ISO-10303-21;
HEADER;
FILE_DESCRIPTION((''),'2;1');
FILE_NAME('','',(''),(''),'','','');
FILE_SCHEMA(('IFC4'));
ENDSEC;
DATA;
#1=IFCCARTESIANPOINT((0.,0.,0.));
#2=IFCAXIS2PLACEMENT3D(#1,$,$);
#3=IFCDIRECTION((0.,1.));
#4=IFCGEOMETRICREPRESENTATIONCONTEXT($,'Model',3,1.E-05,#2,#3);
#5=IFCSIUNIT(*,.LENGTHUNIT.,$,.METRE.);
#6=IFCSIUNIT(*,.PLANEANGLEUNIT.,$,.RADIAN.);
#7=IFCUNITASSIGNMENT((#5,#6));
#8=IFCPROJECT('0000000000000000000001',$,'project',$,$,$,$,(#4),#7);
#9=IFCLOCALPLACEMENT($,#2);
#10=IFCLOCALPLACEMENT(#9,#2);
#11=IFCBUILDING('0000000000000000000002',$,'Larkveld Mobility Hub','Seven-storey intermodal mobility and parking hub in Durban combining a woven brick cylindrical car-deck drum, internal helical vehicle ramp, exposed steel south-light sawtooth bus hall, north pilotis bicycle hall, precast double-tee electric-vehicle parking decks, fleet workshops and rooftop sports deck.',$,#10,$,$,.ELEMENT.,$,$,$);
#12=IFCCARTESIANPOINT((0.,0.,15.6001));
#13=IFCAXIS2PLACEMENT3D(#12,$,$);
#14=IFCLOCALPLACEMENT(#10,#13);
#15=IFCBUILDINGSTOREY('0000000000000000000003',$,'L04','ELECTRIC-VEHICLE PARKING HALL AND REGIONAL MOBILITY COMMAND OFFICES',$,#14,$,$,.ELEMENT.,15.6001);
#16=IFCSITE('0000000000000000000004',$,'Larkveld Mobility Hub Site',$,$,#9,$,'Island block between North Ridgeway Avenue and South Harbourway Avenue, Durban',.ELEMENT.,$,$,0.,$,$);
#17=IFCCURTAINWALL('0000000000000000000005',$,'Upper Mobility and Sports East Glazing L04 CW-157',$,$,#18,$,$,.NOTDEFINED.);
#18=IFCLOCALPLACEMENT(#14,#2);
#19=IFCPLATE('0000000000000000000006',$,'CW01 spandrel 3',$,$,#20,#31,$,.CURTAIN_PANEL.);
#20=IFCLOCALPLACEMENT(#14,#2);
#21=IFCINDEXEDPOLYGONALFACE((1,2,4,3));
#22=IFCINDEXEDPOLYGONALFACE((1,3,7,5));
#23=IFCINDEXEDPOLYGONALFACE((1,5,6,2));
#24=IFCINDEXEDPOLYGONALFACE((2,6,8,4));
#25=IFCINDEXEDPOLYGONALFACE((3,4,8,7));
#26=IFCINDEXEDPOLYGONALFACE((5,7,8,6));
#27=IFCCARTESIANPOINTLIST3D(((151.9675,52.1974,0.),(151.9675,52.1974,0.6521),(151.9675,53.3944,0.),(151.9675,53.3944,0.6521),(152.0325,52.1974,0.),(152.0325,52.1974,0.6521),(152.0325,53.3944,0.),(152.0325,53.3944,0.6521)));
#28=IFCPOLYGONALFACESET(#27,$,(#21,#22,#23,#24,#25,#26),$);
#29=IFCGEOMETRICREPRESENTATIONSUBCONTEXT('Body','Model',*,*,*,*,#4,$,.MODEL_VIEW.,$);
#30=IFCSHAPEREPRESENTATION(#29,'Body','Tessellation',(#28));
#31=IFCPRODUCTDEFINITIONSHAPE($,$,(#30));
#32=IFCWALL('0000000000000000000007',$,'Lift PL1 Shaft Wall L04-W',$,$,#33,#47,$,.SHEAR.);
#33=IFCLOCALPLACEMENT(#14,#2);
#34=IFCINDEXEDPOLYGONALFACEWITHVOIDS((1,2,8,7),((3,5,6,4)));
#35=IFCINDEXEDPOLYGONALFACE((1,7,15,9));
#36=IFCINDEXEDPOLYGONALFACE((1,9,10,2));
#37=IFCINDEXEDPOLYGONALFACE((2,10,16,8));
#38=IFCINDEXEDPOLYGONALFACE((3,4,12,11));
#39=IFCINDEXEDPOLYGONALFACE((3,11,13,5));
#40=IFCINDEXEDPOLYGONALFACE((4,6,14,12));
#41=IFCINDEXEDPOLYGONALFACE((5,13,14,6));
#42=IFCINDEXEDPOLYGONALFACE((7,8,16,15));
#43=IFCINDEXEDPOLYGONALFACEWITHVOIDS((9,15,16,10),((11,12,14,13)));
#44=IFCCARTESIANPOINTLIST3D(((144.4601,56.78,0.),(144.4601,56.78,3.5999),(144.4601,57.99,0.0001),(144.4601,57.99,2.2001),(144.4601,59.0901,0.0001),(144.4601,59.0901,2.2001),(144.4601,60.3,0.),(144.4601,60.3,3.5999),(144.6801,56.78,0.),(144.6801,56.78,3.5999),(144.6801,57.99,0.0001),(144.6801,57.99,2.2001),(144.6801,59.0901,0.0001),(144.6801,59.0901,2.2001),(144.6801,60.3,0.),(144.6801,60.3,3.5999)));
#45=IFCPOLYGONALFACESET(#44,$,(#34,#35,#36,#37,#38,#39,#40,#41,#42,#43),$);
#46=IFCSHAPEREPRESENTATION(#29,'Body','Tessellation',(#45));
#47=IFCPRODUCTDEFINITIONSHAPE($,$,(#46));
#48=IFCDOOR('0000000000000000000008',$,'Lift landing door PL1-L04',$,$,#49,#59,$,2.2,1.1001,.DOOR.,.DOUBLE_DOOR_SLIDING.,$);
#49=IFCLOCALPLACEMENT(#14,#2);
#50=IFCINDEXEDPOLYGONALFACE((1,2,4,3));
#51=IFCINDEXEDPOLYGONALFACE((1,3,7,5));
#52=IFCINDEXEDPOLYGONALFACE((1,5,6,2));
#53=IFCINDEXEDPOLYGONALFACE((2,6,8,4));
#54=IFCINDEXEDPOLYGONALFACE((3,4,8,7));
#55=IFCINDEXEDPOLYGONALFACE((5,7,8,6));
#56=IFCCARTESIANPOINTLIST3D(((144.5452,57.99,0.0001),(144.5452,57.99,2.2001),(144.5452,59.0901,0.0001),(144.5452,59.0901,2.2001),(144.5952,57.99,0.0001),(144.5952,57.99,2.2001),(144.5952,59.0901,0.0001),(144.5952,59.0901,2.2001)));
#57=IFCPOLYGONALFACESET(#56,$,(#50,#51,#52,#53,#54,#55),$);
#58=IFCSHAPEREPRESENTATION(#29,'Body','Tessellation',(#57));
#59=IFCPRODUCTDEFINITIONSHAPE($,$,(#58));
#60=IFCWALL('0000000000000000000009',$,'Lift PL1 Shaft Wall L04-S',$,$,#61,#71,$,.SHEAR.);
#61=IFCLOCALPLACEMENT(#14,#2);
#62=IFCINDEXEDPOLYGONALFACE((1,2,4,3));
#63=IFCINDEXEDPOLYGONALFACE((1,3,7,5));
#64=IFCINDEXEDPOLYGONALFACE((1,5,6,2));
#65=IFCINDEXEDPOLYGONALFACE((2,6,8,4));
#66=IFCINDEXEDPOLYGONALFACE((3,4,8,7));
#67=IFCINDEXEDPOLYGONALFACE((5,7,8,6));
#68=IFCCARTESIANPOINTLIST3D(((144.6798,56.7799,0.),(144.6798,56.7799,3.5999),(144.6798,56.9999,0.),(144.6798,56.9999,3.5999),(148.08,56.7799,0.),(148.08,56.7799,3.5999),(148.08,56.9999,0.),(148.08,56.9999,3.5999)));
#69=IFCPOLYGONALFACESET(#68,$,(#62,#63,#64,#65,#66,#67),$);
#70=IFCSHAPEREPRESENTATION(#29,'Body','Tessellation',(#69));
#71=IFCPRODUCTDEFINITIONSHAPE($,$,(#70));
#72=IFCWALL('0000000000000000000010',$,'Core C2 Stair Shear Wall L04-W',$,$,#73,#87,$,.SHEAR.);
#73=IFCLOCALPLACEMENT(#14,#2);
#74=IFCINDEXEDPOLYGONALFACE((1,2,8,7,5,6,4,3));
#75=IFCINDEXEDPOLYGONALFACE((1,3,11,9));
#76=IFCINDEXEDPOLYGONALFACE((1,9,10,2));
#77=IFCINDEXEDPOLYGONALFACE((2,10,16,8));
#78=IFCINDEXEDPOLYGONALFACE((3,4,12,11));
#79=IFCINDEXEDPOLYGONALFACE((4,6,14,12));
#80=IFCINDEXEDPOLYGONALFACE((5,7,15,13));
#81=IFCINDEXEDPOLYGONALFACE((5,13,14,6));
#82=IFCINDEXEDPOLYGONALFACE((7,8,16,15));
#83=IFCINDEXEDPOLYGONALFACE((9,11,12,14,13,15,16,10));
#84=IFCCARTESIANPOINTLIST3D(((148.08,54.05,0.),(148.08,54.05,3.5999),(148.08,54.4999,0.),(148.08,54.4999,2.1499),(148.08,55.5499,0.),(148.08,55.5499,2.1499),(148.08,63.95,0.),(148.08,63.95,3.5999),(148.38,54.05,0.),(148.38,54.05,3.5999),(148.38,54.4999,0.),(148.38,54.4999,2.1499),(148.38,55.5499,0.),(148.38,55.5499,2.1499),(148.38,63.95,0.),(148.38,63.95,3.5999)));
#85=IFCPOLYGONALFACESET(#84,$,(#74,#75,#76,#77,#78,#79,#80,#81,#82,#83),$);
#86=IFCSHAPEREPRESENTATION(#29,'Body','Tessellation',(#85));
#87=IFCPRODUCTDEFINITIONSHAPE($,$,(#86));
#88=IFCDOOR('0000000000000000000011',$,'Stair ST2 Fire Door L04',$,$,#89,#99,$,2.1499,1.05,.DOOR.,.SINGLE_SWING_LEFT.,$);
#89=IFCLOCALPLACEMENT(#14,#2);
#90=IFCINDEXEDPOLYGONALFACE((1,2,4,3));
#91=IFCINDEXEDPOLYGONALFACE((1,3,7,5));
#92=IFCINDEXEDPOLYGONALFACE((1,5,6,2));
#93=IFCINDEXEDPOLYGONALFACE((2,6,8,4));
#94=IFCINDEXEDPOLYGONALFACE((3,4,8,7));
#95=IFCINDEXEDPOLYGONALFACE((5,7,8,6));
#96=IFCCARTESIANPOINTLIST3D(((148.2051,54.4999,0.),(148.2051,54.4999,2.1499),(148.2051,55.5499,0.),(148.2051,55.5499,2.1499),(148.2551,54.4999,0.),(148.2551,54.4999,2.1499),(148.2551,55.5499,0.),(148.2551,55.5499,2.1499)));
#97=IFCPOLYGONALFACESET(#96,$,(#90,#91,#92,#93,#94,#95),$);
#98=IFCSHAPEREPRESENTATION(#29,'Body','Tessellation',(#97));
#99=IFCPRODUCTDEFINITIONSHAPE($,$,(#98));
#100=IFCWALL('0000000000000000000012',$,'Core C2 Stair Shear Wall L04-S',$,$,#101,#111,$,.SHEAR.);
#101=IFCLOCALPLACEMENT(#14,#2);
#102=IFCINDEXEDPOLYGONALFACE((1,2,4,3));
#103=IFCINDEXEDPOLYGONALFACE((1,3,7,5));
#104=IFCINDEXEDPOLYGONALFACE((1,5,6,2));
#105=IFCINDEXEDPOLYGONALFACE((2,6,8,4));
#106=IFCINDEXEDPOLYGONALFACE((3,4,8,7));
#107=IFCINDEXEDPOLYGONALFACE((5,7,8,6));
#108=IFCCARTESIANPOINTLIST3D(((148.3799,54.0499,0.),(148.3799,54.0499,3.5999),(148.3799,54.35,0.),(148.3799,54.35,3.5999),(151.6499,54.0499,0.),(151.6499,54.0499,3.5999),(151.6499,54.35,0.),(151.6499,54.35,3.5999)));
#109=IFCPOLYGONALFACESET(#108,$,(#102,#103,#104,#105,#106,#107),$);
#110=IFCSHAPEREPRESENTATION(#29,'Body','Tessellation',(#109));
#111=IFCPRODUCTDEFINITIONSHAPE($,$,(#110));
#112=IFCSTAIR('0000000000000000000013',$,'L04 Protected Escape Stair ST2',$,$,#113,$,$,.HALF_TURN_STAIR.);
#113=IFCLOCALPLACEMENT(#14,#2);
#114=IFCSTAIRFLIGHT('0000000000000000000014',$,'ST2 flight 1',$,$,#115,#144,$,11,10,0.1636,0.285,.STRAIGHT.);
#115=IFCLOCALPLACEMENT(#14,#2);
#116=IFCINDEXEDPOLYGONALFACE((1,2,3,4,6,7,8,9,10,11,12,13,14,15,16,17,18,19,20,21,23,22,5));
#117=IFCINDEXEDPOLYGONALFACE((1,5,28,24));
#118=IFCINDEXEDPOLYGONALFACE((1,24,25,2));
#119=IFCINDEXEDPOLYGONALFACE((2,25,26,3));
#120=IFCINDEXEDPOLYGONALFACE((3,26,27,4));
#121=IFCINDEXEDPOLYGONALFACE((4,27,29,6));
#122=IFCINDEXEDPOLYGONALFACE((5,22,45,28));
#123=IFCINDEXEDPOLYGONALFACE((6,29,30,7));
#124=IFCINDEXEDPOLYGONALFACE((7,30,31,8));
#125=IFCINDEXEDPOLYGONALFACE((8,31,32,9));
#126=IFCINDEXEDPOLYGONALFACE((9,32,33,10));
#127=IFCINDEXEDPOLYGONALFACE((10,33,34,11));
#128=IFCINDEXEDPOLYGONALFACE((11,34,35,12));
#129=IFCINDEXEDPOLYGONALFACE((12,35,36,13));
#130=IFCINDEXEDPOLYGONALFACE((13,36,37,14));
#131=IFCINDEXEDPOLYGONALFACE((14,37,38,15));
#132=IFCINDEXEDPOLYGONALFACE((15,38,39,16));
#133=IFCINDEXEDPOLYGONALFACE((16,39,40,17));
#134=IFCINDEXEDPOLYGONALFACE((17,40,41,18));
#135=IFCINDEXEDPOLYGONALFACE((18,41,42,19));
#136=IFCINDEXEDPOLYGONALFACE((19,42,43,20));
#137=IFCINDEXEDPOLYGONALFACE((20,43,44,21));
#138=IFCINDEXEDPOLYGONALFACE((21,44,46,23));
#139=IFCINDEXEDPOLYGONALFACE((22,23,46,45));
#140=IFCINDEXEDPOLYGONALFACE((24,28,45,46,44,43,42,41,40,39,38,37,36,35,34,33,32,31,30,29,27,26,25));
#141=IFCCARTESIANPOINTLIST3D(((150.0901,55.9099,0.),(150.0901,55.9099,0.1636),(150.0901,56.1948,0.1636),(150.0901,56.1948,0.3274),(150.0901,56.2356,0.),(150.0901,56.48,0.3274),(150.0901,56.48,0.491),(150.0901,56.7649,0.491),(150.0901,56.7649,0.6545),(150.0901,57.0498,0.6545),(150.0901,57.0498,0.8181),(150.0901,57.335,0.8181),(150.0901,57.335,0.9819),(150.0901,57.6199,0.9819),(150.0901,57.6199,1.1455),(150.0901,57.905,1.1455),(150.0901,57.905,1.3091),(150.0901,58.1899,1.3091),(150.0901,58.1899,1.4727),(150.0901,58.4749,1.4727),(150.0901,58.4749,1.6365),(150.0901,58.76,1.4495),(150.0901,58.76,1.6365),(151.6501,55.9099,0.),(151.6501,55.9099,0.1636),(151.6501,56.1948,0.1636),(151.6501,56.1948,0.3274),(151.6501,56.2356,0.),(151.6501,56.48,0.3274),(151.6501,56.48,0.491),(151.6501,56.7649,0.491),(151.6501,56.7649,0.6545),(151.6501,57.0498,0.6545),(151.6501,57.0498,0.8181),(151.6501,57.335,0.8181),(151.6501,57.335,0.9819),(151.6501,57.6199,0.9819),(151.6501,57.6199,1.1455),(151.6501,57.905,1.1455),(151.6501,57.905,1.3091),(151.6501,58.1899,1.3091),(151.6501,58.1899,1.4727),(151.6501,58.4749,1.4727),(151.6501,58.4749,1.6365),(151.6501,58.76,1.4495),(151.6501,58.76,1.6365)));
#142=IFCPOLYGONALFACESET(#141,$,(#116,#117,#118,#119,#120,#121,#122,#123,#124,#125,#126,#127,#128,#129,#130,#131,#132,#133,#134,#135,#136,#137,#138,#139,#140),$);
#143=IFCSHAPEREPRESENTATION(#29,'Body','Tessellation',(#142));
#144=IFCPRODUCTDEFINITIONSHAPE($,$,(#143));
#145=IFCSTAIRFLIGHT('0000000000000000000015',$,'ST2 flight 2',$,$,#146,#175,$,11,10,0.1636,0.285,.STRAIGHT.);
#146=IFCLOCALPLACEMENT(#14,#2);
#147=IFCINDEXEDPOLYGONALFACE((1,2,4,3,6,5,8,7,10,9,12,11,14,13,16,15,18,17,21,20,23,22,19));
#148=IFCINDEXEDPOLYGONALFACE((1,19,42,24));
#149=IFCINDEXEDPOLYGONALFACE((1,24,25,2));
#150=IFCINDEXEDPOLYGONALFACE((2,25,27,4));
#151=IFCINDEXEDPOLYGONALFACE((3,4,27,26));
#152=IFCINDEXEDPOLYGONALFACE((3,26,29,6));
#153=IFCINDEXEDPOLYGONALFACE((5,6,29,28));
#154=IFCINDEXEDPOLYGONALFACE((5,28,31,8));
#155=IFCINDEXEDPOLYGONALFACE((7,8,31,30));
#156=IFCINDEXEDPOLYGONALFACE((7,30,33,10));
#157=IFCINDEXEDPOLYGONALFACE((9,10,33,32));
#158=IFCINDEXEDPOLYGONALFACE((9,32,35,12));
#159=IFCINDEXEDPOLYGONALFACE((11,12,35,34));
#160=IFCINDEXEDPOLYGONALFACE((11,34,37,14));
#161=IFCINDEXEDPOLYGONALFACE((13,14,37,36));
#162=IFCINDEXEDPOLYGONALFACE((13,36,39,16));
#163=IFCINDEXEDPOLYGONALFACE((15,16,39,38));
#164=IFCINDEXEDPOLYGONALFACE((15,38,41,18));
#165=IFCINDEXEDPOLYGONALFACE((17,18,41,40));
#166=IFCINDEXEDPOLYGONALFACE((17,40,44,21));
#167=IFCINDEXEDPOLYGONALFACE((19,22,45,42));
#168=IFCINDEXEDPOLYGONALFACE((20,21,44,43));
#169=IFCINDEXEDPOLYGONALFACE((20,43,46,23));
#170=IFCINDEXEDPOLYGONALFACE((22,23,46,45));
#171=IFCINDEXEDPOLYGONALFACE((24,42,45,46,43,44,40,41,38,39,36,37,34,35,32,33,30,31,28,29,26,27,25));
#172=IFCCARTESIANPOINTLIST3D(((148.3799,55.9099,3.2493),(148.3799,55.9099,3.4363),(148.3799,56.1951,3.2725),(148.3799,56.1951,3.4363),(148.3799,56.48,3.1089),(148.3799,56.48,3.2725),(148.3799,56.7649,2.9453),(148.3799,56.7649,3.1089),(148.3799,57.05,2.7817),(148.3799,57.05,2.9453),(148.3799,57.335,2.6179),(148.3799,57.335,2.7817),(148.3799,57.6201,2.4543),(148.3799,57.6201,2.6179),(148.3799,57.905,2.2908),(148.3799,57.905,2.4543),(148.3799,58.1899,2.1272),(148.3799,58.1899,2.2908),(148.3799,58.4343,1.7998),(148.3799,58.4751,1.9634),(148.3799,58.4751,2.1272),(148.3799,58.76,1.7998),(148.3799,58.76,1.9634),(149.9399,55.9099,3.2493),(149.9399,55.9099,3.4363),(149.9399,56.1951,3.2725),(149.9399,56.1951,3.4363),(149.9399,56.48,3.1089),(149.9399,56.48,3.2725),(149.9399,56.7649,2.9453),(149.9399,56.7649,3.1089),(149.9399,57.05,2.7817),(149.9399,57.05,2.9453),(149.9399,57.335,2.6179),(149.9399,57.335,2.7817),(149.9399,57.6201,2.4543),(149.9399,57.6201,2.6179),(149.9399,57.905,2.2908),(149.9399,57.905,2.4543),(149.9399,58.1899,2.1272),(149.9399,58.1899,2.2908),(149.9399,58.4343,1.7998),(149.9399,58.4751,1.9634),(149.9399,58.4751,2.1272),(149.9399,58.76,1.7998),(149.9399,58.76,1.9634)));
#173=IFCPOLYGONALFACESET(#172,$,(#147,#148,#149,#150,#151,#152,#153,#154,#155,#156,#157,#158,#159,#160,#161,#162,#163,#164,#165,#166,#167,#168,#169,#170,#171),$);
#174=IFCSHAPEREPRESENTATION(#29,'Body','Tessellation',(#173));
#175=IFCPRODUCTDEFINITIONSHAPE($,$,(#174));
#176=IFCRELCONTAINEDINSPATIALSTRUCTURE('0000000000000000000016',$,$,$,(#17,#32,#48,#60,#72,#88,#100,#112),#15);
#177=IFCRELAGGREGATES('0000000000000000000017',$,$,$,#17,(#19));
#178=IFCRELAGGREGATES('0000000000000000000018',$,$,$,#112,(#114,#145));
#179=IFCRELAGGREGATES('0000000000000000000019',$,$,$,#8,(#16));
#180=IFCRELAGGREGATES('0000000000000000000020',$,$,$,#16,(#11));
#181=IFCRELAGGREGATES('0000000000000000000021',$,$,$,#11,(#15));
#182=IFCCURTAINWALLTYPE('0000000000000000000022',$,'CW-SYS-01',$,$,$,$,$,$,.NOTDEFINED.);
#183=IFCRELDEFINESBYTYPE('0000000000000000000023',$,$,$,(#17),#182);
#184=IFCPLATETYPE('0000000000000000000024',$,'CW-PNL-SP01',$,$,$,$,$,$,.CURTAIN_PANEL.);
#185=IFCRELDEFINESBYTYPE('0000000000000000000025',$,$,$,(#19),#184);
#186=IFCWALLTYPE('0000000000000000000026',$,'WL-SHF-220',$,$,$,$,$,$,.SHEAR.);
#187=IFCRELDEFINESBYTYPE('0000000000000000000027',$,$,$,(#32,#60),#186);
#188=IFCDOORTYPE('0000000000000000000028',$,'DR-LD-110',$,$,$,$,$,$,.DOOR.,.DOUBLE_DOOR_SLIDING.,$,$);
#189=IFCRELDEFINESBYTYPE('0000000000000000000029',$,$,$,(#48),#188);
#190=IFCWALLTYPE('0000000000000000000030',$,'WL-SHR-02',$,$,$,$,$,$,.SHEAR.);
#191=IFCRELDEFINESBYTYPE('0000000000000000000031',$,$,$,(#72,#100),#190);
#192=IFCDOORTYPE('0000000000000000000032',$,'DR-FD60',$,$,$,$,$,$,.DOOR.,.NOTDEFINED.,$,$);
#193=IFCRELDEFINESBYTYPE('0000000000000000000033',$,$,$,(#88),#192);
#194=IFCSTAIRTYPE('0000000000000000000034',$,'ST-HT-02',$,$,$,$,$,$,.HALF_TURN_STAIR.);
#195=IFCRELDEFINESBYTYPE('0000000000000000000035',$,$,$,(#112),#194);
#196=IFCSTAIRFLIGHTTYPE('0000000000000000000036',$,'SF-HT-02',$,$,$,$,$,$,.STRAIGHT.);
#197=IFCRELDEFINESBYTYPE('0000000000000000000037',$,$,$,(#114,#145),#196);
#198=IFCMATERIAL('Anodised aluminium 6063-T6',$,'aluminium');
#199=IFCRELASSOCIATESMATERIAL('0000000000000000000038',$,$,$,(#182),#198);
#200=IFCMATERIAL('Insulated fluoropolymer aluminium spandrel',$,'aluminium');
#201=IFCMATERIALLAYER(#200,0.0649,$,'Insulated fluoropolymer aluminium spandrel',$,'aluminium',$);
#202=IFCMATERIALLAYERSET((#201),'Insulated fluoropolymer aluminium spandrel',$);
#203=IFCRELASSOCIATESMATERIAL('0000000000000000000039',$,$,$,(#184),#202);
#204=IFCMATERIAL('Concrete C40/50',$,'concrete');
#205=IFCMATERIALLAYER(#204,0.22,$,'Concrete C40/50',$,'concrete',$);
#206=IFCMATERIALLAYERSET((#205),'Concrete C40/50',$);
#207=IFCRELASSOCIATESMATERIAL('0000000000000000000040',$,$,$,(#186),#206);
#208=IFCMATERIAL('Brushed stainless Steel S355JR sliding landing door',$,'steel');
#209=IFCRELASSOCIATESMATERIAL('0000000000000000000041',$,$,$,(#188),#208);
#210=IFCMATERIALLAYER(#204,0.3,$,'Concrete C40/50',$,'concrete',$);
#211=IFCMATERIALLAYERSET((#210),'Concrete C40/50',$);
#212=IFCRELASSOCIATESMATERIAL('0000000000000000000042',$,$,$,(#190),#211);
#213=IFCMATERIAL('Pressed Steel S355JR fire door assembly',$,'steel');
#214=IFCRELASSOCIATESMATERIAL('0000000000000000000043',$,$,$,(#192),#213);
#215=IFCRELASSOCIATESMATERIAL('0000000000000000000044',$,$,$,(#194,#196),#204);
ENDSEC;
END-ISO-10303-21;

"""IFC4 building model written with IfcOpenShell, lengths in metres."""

from ifc_helpers import new_model, si_unit, direction, frame, frame_2d, origin, origin_2d, place, context, subcontext, project, spatial, polyline, rectangle, outline, extrude, material, layer, layer_set, type_object, element, fill, aggregate, save


model = new_model("IFC4")

# Units and contexts
model_context = context("Model", 3, precision=1e-05, world=origin(), true_north=direction((0.0, 1.0)))
body_context = subcontext(model_context, "Body", "Model", "MODEL_VIEW")
ifc_project = project(units=[si_unit("LENGTHUNIT", "METRE"), si_unit("PLANEANGLEUNIT", "RADIAN")], contexts=[model_context])

# Site, building, storey
site_placement = place(None, origin())
site = spatial("IfcSite", under=ifc_project, at=site_placement, Name="Larkveld Mobility Hub Site", LongName="Island block between North Ridgeway Avenue and South Harbourway Avenue, Durban", CompositionType="ELEMENT", RefElevation=0.0)
building_placement = place(site_placement, origin())
building = spatial("IfcBuilding", under=site, at=building_placement, Name="Larkveld Mobility Hub", Description="Seven-storey intermodal mobility and parking hub in Durban combining a woven brick cylindrical car-deck drum, internal helical vehicle ramp, exposed steel south-light sawtooth bus hall, north pilotis bicycle hall, precast double-tee electric-vehicle parking decks, fleet workshops and rooftop sports deck.", CompositionType="ELEMENT")
storey_placement = place(building_placement, frame((0.0, 0.0, 15.6001)))
storey = spatial("IfcBuildingStorey", under=building, at=storey_placement, Name="L04", Description="ELECTRIC-VEHICLE PARKING HALL AND REGIONAL MOBILITY COMMAND OFFICES", CompositionType="ELEMENT", Elevation=15.6001)

# Shared definitions
ifc_material_1 = material(Name="Concrete C40/50", Category="concrete")

# Curtain wall, plate
ifc_material_2 = material(Name="Anodised aluminium 6063-T6", Category="aluminium")
curtain_wall_type = type_object("IfcCurtainWallType", Name="CW-SYS-01", PredefinedType="NOTDEFINED", material=ifc_material_2)
curtain_wall_placement = place(storey_placement, origin())
curtain_wall = element("IfcCurtainWall", 1, at=curtain_wall_placement, inside=storey, type_object=curtain_wall_type, Name="Upper Mobility and Sports East Glazing L04 CW-157", PredefinedType="NOTDEFINED")
ifc_material_3 = material(Name="Insulated fluoropolymer aluminium spandrel", Category="aluminium")
ifc_layer_1 = layer(ifc_material_3, 0.0649, Name="Insulated fluoropolymer aluminium spandrel", Category="aluminium")
ifc_layer_set_1 = layer_set([ifc_layer_1], Name="Insulated fluoropolymer aluminium spandrel")
plate_type_1 = type_object("IfcPlateType", Name="CW-PNL-SP01", PredefinedType="CURTAIN_PANEL", material=ifc_layer_set_1)
plate_1_placement = place(storey_placement, frame((152.0, 52.7959, 0.0), z_axis=(0.0, 0.0, 1.0), x_axis=(0.0, 1.0, 0.0)))
plate_1 = element("IfcPlate", 2, at=plate_1_placement, type_object=plate_type_1, Name="CW01 spandrel 3", PredefinedType="CURTAIN_PANEL", context=body_context, shape_type="SweptSolid", body=[
    extrude(rectangle(XDim=1.197, YDim=0.0649, at=origin_2d()), origin(), (0.0, 0.0, 1.0), 0.6521),
])
aggregate(curtain_wall, [plate_1])

# Wall, opening, door
ifc_layer_2 = layer(ifc_material_1, 0.22, Name="Concrete C40/50", Category="concrete")
ifc_layer_set_2 = layer_set([ifc_layer_2], Name="Concrete C40/50")
wall_type_1 = type_object("IfcWallType", Name="WL-SHF-220", PredefinedType="SHEAR", material=ifc_layer_set_2)
wall_1_placement = place(storey_placement, frame((144.5701, 56.78, 0.0), z_axis=(0.0, 0.0, 1.0), x_axis=(0.0, 1.0, 0.0)))
wall_1 = element("IfcWall", 3, at=wall_1_placement, inside=storey, type_object=wall_type_1, Name="Lift PL1 Shaft Wall L04-W", PredefinedType="SHEAR", context=body_context, shape_type="SweptSolid", body=[
    extrude(rectangle(XDim=3.52, YDim=0.22, at=frame_2d((1.76, 0.0))), origin(), (0.0, 0.0, 1.0), 3.5999),
])
opening_1_placement = place(wall_1_placement, frame((1.21, 0.0, 0.0)))
opening_1 = element("IfcOpeningElement", 4, at=opening_1_placement, cuts=wall_1, PredefinedType="OPENING", context=body_context, shape_type="SweptSolid", body=[
    extrude(rectangle(XDim=1.1001, YDim=2.2, at=frame_2d((0.55, 1.1001))), frame((0.0, 0.1201, 0.0), z_axis=(0.0, -1.0, 0.0), x_axis=(1.0, 0.0, 0.0)), (0.0, 0.0, 1.0), 0.24),
])
ifc_material_4 = material(Name="Brushed stainless Steel S355JR sliding landing door", Category="steel")
door_type_1 = type_object("IfcDoorType", Name="DR-LD-110", OperationType="DOUBLE_DOOR_SLIDING", PredefinedType="DOOR", material=ifc_material_4)
door_1_placement = place(opening_1_placement, origin())
door_1 = element("IfcDoor", 5, at=door_1_placement, inside=storey, type_object=door_type_1, Name="Lift landing door PL1-L04", OperationType="DOUBLE_DOOR_SLIDING", OverallHeight=2.2, OverallWidth=1.1001, PredefinedType="DOOR", context=body_context, shape_type="SweptSolid", body=[
    extrude(rectangle(XDim=1.1001, YDim=2.2, at=frame_2d((0.55, 1.1001))), frame((0.0, 0.0249, 0.0), z_axis=(0.0, -1.0, 0.0), x_axis=(1.0, 0.0, 0.0)), (0.0, 0.0, 1.0), 0.05),
])
fill(opening_1, door_1)

# Wall
wall_2_placement = place(storey_placement, frame((148.0801, 56.8899, 0.0), z_axis=(0.0, 0.0, 1.0), x_axis=(-1.0, 0.0, 0.0)))
element("IfcWall", 6, at=wall_2_placement, inside=storey, type_object=wall_type_1, Name="Lift PL1 Shaft Wall L04-S", PredefinedType="SHEAR", context=body_context, shape_type="SweptSolid", body=[
    extrude(rectangle(XDim=3.4001, YDim=0.22, at=frame_2d((1.7002, 0.0))), origin(), (0.0, 0.0, 1.0), 3.5999),
])

# Wall, opening, door
ifc_layer_3 = layer(ifc_material_1, 0.3, Name="Concrete C40/50", Category="concrete")
ifc_layer_set_3 = layer_set([ifc_layer_3], Name="Concrete C40/50")
wall_type_2 = type_object("IfcWallType", Name="WL-SHR-02", PredefinedType="SHEAR", material=ifc_layer_set_3)
wall_3_placement = place(storey_placement, frame((148.23, 54.05, 0.0), z_axis=(0.0, 0.0, 1.0), x_axis=(0.0, 1.0, 0.0)))
wall_3 = element("IfcWall", 7, at=wall_3_placement, inside=storey, type_object=wall_type_2, Name="Core C2 Stair Shear Wall L04-W", PredefinedType="SHEAR", context=body_context, shape_type="SweptSolid", body=[
    extrude(rectangle(XDim=9.8999, YDim=0.3, at=frame_2d((4.95, 0.0))), origin(), (0.0, 0.0, 1.0), 3.5999),
])
opening_2_placement = place(wall_3_placement, frame((0.45, 0.0, 0.0)))
opening_2 = element("IfcOpeningElement", 8, at=opening_2_placement, cuts=wall_3, PredefinedType="OPENING", context=body_context, shape_type="SweptSolid", body=[
    extrude(rectangle(XDim=1.05, YDim=2.1499, at=frame_2d((0.5249, 1.075))), frame((0.0, 0.1602, 0.0), z_axis=(0.0, -1.0, 0.0), x_axis=(1.0, 0.0, 0.0)), (0.0, 0.0, 1.0), 0.3201),
])
ifc_material_5 = material(Name="Pressed Steel S355JR fire door assembly", Category="steel")
door_type_2 = type_object("IfcDoorType", Name="DR-FD60", OperationType="NOTDEFINED", PredefinedType="DOOR", material=ifc_material_5)
door_2_placement = place(opening_2_placement, origin())
door_2 = element("IfcDoor", 9, at=door_2_placement, inside=storey, type_object=door_type_2, Name="Stair ST2 Fire Door L04", OperationType="SINGLE_SWING_LEFT", OverallHeight=2.1499, OverallWidth=1.05, PredefinedType="DOOR", context=body_context, shape_type="SweptSolid", body=[
    extrude(rectangle(XDim=1.05, YDim=2.1499, at=frame_2d((0.5249, 1.075))), frame((0.0, 0.0249, 0.0), z_axis=(0.0, -1.0, 0.0), x_axis=(1.0, 0.0, 0.0)), (0.0, 0.0, 1.0), 0.05),
])
fill(opening_2, door_2)

# Wall
wall_4_placement = place(storey_placement, frame((151.6499, 54.2, 0.0), z_axis=(0.0, 0.0, 1.0), x_axis=(-1.0, 0.0, 0.0)))
element("IfcWall", 10, at=wall_4_placement, inside=storey, type_object=wall_type_2, Name="Core C2 Stair Shear Wall L04-S", PredefinedType="SHEAR", context=body_context, shape_type="SweptSolid", body=[
    extrude(rectangle(XDim=3.27, YDim=0.3, at=frame_2d((1.635, 0.0))), origin(), (0.0, 0.0, 1.0), 3.5999),
])

# Stair, stair flights
stair_type = type_object("IfcStairType", Name="ST-HT-02", PredefinedType="HALF_TURN_STAIR", material=ifc_material_1)
stair_placement = place(storey_placement, origin())
stair = element("IfcStair", 11, at=stair_placement, inside=storey, type_object=stair_type, Name="L04 Protected Escape Stair ST2", PredefinedType="HALF_TURN_STAIR")
stair_flight_type = type_object("IfcStairFlightType", Name="SF-HT-02", PredefinedType="STRAIGHT", material=ifc_material_1)
stair_flight_1_placement = place(storey_placement, frame((150.8701, 55.9099, 0.0), z_axis=(0.0, 0.0, 1.0), x_axis=(0.0, 1.0, 0.0)))
stair_flight_1 = element("IfcStairFlight", 12, at=stair_flight_1_placement, type_object=stair_flight_type, Name="ST2 flight 1", NumberOfRisers=11, NumberOfTreads=10, PredefinedType="STRAIGHT", RiserHeight=0.1636, TreadLength=0.285, context=body_context, shape_type="SweptSolid", body=[
    extrude(outline(polyline([(0.0, 0.0), (0.0, 0.1636), (0.2849, 0.1636), (0.2849, 0.3274), (0.5701, 0.3274), (0.5701, 0.491), (0.855, 0.491), (0.855, 0.6545), (1.1399, 0.6545), (1.1399, 0.8181), (1.425, 0.8181), (1.425, 0.9819), (1.71, 0.9819), (1.71, 1.1455), (1.9951, 1.1455), (1.9951, 1.3091), (2.28, 1.3091), (2.28, 1.4727), (2.5649, 1.4727), (2.5649, 1.6365), (2.8501, 1.6365), (2.8501, 1.8), (2.8501, 1.4495), (0.3257, 0.0), (0.0, 0.0)])), frame((0.0, 0.78, 0.0), z_axis=(0.0, -1.0, 0.0), x_axis=(1.0, 0.0, 0.0)), (0.0, 0.0, 1.0), 1.5601),
])
stair_flight_2_placement = place(storey_placement, frame((149.1599, 58.76, 1.7998), z_axis=(0.0, 0.0, 1.0), x_axis=(0.0, -1.0, 0.0)))
stair_flight_2 = element("IfcStairFlight", 13, at=stair_flight_2_placement, type_object=stair_flight_type, Name="ST2 flight 2", NumberOfRisers=11, NumberOfTreads=10, PredefinedType="STRAIGHT", RiserHeight=0.1636, TreadLength=0.285, context=body_context, shape_type="SweptSolid", body=[
    extrude(outline(polyline([(0.0, 0.0), (0.0, 0.1636), (0.2849, 0.1636), (0.2849, 0.3274), (0.5701, 0.3274), (0.5701, 0.491), (0.855, 0.491), (0.855, 0.6545), (1.1399, 0.6545), (1.1399, 0.8181), (1.425, 0.8181), (1.425, 0.9819), (1.71, 0.9819), (1.71, 1.1455), (1.9951, 1.1455), (1.9951, 1.3091), (2.28, 1.3091), (2.28, 1.4727), (2.5649, 1.4727), (2.5649, 1.6365), (2.8501, 1.6365), (2.8501, 1.8), (2.8501, 1.4495), (0.3257, 0.0), (0.0, 0.0)])), frame((0.0, 0.78, 0.0), z_axis=(0.0, -1.0, 0.0), x_axis=(1.0, 0.0, 0.0)), (0.0, 0.0, 1.0), 1.5601),
])
aggregate(stair, [stair_flight_1, stair_flight_2])

save(model, "model.ifc")
